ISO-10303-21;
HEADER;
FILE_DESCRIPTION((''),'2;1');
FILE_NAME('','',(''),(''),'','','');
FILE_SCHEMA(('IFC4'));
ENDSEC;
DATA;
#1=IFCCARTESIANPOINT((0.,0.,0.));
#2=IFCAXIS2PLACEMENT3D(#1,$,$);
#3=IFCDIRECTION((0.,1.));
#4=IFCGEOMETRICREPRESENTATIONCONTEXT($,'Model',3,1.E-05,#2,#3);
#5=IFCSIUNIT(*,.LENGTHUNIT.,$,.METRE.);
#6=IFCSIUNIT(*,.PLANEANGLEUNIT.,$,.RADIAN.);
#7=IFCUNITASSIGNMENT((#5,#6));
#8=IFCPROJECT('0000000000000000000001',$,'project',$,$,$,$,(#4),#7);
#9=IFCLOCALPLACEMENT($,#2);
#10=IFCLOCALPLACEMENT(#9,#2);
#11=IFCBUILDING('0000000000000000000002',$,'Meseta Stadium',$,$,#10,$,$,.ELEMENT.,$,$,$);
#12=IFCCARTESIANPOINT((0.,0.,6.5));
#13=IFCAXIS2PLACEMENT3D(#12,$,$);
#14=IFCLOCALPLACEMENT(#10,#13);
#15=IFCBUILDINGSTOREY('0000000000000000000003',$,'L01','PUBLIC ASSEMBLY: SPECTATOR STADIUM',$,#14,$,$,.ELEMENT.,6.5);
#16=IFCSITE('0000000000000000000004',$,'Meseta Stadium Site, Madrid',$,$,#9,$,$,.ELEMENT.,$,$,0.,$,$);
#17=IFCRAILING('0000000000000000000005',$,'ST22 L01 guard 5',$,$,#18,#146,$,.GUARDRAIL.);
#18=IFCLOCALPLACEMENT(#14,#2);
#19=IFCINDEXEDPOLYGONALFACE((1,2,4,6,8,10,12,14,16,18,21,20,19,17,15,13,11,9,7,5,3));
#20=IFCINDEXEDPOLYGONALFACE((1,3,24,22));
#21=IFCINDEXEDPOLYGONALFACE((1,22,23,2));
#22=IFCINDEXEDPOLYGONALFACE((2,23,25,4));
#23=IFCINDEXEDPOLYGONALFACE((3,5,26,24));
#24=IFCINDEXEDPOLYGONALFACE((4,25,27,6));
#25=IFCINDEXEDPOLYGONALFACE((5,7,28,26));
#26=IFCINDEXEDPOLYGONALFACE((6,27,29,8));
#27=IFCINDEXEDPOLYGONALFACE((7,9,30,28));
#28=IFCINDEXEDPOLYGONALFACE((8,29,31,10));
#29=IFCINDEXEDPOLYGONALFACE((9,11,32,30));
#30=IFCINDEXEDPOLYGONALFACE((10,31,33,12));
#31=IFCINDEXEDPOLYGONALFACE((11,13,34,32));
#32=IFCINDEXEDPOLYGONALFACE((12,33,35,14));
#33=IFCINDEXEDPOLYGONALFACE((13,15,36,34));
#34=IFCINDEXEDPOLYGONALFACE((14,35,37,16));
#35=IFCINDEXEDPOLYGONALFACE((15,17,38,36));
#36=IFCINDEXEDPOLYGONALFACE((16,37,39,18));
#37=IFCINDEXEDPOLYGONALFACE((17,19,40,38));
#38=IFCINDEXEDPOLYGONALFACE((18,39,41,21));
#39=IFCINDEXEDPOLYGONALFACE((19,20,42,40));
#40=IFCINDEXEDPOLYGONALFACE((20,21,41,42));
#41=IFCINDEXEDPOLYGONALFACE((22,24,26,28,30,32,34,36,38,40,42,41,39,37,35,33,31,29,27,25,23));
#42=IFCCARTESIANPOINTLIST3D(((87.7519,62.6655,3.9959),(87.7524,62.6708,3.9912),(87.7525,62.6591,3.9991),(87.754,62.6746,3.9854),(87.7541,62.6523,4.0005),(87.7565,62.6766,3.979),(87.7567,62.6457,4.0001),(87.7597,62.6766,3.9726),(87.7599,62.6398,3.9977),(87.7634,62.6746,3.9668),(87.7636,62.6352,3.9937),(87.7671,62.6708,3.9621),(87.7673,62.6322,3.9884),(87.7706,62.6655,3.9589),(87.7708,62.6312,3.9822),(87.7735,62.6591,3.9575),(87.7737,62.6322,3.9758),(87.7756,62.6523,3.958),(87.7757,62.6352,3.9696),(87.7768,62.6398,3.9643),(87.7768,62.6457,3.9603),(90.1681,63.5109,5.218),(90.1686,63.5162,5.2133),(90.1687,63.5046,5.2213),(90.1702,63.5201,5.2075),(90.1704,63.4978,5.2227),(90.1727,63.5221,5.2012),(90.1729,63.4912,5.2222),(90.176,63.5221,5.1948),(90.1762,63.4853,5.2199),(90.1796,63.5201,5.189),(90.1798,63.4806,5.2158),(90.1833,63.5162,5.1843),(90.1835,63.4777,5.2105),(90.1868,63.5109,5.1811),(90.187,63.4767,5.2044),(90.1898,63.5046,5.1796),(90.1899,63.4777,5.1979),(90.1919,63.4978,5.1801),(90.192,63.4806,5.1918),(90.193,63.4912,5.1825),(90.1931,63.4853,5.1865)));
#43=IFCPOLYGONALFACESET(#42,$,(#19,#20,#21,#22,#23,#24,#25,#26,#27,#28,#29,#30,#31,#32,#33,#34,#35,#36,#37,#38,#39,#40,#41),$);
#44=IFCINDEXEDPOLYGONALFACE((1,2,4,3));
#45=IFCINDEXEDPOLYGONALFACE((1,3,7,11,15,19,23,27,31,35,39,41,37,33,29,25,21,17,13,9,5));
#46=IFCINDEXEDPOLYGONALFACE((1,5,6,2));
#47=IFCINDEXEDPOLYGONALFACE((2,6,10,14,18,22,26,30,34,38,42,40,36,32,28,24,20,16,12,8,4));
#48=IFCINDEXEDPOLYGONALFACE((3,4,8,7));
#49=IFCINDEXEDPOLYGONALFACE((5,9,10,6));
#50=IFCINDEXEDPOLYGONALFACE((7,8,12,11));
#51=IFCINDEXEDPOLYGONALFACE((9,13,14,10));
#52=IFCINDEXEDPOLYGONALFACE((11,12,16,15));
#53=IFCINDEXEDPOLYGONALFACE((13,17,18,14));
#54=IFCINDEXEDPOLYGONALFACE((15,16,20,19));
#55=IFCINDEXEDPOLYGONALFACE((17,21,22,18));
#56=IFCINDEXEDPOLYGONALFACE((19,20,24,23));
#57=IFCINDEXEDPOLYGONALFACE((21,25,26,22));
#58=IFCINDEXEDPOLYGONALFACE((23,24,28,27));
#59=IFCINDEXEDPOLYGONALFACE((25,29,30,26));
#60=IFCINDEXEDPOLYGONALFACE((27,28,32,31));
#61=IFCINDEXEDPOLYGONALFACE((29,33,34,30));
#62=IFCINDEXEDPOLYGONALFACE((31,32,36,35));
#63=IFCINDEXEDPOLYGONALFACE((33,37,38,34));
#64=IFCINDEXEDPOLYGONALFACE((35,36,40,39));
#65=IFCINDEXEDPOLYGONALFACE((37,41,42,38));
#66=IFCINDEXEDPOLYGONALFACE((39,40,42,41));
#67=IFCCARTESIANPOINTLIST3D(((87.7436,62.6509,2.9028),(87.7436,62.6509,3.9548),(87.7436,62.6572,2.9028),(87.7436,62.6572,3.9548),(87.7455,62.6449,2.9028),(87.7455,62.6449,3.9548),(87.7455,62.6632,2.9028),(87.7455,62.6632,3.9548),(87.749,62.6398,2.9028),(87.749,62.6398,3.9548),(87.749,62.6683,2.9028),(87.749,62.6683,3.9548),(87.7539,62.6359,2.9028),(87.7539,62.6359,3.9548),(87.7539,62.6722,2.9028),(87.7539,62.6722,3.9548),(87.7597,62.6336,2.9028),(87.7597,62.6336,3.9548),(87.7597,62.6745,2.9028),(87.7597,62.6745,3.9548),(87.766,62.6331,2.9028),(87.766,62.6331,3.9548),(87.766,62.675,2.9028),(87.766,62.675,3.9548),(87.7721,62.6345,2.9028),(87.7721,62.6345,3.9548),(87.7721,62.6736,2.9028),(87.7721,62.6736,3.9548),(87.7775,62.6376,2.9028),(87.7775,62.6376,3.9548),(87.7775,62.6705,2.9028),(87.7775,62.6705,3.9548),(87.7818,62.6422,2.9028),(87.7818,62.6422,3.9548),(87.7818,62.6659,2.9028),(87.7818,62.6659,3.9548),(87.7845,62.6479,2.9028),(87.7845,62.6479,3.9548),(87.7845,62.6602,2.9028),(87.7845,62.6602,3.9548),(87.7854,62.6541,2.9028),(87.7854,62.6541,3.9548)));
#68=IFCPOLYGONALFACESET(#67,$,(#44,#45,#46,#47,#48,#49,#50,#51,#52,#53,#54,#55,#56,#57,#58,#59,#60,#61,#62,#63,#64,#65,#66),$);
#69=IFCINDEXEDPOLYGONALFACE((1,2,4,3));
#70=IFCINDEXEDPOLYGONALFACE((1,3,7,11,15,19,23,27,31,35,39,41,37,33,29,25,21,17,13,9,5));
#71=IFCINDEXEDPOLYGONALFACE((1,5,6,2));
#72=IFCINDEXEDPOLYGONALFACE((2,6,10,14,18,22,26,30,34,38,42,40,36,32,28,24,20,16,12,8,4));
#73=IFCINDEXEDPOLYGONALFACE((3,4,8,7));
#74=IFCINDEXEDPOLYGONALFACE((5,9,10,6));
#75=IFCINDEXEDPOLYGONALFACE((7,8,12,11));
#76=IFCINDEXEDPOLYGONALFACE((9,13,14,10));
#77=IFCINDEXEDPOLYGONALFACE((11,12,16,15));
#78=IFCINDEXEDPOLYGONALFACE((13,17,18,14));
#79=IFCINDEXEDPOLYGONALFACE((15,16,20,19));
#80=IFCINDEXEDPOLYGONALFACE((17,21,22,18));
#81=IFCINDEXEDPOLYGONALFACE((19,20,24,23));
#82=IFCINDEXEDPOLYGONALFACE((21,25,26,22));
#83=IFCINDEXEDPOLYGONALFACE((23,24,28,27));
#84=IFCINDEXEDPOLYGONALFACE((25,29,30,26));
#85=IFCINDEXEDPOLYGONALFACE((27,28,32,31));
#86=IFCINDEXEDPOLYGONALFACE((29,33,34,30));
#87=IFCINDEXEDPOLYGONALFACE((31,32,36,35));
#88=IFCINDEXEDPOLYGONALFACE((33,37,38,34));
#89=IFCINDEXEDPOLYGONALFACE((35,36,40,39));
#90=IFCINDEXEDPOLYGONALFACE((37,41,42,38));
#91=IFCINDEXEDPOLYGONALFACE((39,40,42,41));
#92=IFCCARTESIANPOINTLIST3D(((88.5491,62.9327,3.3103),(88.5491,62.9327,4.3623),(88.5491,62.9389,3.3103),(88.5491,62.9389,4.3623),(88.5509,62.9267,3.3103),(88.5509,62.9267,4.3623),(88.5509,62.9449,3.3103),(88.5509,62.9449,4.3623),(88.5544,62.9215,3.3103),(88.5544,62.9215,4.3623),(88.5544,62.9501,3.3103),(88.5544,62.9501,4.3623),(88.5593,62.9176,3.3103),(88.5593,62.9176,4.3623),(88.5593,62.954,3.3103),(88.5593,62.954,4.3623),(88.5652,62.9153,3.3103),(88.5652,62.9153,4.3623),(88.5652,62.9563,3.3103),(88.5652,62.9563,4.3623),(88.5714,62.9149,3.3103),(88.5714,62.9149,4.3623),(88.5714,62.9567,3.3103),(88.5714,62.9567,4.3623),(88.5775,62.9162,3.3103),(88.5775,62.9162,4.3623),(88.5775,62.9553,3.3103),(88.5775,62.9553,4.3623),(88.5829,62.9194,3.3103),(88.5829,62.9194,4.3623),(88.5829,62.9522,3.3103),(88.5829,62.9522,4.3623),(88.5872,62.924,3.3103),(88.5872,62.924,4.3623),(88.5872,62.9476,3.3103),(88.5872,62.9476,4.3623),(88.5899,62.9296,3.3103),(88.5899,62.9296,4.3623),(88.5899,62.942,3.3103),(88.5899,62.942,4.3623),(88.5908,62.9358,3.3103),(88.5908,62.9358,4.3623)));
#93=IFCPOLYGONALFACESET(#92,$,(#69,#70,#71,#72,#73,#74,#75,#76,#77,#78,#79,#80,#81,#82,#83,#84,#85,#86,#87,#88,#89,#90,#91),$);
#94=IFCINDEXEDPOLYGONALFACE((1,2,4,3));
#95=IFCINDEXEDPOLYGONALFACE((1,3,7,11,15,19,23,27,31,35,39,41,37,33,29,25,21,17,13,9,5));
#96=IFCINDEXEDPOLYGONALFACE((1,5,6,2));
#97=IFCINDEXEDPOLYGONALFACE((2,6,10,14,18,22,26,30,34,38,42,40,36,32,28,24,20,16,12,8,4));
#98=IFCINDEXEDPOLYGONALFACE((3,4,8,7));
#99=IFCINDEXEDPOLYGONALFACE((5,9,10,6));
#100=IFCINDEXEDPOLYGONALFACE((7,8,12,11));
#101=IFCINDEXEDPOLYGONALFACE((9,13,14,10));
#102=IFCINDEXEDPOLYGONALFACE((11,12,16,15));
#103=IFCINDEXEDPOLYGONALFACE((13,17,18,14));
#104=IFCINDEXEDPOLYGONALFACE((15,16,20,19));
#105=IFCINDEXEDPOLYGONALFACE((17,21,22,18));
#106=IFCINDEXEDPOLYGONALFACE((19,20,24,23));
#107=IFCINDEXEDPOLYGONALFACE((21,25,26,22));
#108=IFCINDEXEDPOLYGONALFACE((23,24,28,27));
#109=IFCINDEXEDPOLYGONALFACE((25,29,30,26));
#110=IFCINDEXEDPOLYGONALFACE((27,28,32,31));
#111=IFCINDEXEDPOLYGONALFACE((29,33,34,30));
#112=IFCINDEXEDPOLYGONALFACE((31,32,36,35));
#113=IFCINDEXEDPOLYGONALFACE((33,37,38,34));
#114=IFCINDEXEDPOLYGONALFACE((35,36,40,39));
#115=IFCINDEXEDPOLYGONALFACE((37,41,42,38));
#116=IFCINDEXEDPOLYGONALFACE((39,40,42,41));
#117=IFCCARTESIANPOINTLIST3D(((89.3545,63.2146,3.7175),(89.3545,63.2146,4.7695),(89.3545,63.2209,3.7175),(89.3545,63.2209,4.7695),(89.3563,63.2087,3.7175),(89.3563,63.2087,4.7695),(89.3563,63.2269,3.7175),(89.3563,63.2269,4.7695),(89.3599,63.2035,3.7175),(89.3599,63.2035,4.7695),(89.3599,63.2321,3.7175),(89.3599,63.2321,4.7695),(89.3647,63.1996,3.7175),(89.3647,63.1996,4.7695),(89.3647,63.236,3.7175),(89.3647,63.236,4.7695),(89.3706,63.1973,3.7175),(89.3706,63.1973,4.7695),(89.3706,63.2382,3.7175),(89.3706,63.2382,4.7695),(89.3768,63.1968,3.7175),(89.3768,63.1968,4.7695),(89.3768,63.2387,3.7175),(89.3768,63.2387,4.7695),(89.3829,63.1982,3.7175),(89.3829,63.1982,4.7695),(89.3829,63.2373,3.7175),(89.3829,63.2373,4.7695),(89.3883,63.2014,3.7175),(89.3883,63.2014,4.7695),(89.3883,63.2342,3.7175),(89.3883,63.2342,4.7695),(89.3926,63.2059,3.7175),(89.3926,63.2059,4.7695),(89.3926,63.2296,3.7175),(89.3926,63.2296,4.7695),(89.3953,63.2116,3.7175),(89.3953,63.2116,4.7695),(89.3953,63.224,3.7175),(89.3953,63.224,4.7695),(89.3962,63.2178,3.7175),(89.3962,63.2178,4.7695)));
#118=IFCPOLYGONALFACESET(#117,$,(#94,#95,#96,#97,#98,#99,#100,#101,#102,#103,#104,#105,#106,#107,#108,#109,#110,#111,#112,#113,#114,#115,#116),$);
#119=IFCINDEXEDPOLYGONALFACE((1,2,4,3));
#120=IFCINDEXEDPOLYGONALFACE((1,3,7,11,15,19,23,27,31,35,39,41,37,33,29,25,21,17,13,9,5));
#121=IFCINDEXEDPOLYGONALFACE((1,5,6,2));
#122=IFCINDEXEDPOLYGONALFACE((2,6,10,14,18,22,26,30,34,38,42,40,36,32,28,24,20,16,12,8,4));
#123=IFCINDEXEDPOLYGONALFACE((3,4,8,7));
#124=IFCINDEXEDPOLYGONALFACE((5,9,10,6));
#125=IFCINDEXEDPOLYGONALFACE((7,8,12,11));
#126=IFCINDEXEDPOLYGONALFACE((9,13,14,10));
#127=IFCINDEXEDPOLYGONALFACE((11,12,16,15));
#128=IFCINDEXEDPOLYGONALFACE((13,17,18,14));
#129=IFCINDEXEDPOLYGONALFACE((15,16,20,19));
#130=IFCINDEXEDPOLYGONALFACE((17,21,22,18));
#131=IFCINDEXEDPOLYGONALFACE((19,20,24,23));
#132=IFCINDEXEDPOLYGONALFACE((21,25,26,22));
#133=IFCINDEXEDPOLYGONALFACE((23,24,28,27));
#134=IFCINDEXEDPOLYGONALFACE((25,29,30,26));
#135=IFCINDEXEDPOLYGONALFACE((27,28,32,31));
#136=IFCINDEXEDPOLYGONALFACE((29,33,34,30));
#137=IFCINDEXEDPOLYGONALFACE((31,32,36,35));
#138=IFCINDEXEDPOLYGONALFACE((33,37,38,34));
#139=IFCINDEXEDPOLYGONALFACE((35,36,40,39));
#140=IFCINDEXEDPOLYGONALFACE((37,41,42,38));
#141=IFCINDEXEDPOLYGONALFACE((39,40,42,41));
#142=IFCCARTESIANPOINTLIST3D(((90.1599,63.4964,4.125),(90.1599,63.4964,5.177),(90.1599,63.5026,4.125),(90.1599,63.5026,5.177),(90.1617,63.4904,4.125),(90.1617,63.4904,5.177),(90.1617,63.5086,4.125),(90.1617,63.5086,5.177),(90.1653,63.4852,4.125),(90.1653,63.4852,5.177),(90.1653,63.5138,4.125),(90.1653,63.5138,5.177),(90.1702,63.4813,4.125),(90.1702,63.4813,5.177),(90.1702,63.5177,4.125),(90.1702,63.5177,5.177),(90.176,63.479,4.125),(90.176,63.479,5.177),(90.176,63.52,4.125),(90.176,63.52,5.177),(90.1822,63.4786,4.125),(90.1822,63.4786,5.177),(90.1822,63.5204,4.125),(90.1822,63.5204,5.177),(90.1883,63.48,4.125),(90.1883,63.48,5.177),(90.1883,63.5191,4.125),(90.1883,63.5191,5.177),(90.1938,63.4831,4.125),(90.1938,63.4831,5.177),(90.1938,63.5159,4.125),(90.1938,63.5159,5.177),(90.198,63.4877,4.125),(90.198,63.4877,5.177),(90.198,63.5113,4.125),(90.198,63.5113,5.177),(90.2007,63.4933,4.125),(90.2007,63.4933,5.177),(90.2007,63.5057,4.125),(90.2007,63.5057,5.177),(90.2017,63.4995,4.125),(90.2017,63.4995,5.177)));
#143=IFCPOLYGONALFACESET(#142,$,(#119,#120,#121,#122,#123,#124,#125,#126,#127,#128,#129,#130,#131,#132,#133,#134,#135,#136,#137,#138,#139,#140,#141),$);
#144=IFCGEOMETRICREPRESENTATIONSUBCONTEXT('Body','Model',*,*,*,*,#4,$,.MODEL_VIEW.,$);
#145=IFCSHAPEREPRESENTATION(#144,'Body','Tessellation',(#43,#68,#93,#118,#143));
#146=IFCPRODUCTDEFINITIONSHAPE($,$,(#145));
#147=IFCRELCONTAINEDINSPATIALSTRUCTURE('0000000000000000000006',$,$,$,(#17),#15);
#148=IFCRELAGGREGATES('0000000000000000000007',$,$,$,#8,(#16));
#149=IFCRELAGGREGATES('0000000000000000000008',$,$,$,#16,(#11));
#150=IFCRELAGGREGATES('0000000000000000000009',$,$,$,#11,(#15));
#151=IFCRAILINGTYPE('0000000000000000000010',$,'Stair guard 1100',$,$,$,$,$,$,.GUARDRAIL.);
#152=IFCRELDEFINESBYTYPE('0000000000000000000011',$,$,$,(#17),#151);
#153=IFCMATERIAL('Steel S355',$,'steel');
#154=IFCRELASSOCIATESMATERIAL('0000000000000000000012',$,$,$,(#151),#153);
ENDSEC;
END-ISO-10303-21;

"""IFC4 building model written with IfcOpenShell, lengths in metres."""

from ifc_helpers import new_model, si_unit, direction, frame, origin, origin_2d, place, context, subcontext, project, spatial, circle, extrude, material, type_object, element, save


model = new_model("IFC4")

# Units and contexts
model_context = context("Model", 3, precision=1e-05, world=origin(), true_north=direction((0.0, 1.0)))
body_context = subcontext(model_context, "Body", "Model", "MODEL_VIEW")
ifc_project = project(units=[si_unit("LENGTHUNIT", "METRE"), si_unit("PLANEANGLEUNIT", "RADIAN")], contexts=[model_context])

# Site, building, storey
site_placement = place(None, origin())
site = spatial("IfcSite", under=ifc_project, at=site_placement, Name="Meseta Stadium Site, Madrid", CompositionType="ELEMENT", RefElevation=0.0)
building_placement = place(site_placement, origin())
building = spatial("IfcBuilding", under=site, at=building_placement, Name="Meseta Stadium", CompositionType="ELEMENT")
storey_placement = place(building_placement, frame((0.0, 0.0, 6.5)))
storey = spatial("IfcBuildingStorey", under=building, at=storey_placement, Name="L01", Description="PUBLIC ASSEMBLY: SPECTATOR STADIUM", CompositionType="ELEMENT", Elevation=6.5)

# Railing
ifc_material_1 = material(Name="Steel S355", Category="steel")
railing_type = type_object("IfcRailingType", Name="Stair guard 1100", PredefinedType="GUARDRAIL", material=ifc_material_1)
railing_1_placement = place(storey_placement, frame((87.7644, 62.6541, 2.9028)))
element("IfcRailing", 1, at=railing_1_placement, inside=storey, type_object=railing_type, Name="ST22 L01 guard 5", PredefinedType="GUARDRAIL", context=body_context, shape_type="SweptSolid", body=[
    extrude(circle(Radius=0.0239, at=origin_2d()), frame((0.0, 0.0, 1.0762), z_axis=(0.851789, 0.298044, 0.430843), x_axis=(-0.33027, 0.943887, 0.0)), (0.0, 0.0, 1.0), 2.8367),
    extrude(circle(Radius=0.021, at=origin_2d()), origin(), (0.0, 0.0, 1.0), 1.052),
    extrude(circle(Radius=0.021, at=origin_2d()), frame((0.8054, 0.2817, 0.4075)), (0.0, 0.0, 1.0), 1.052),
    extrude(circle(Radius=0.021, at=origin_2d()), frame((1.6108, 0.5637, 0.8147)), (0.0, 0.0, 1.0), 1.052),
    extrude(circle(Radius=0.021, at=origin_2d()), frame((2.4163, 0.8455, 1.2222)), (0.0, 0.0, 1.0), 1.052),
])

save(model, "model.ifc")
